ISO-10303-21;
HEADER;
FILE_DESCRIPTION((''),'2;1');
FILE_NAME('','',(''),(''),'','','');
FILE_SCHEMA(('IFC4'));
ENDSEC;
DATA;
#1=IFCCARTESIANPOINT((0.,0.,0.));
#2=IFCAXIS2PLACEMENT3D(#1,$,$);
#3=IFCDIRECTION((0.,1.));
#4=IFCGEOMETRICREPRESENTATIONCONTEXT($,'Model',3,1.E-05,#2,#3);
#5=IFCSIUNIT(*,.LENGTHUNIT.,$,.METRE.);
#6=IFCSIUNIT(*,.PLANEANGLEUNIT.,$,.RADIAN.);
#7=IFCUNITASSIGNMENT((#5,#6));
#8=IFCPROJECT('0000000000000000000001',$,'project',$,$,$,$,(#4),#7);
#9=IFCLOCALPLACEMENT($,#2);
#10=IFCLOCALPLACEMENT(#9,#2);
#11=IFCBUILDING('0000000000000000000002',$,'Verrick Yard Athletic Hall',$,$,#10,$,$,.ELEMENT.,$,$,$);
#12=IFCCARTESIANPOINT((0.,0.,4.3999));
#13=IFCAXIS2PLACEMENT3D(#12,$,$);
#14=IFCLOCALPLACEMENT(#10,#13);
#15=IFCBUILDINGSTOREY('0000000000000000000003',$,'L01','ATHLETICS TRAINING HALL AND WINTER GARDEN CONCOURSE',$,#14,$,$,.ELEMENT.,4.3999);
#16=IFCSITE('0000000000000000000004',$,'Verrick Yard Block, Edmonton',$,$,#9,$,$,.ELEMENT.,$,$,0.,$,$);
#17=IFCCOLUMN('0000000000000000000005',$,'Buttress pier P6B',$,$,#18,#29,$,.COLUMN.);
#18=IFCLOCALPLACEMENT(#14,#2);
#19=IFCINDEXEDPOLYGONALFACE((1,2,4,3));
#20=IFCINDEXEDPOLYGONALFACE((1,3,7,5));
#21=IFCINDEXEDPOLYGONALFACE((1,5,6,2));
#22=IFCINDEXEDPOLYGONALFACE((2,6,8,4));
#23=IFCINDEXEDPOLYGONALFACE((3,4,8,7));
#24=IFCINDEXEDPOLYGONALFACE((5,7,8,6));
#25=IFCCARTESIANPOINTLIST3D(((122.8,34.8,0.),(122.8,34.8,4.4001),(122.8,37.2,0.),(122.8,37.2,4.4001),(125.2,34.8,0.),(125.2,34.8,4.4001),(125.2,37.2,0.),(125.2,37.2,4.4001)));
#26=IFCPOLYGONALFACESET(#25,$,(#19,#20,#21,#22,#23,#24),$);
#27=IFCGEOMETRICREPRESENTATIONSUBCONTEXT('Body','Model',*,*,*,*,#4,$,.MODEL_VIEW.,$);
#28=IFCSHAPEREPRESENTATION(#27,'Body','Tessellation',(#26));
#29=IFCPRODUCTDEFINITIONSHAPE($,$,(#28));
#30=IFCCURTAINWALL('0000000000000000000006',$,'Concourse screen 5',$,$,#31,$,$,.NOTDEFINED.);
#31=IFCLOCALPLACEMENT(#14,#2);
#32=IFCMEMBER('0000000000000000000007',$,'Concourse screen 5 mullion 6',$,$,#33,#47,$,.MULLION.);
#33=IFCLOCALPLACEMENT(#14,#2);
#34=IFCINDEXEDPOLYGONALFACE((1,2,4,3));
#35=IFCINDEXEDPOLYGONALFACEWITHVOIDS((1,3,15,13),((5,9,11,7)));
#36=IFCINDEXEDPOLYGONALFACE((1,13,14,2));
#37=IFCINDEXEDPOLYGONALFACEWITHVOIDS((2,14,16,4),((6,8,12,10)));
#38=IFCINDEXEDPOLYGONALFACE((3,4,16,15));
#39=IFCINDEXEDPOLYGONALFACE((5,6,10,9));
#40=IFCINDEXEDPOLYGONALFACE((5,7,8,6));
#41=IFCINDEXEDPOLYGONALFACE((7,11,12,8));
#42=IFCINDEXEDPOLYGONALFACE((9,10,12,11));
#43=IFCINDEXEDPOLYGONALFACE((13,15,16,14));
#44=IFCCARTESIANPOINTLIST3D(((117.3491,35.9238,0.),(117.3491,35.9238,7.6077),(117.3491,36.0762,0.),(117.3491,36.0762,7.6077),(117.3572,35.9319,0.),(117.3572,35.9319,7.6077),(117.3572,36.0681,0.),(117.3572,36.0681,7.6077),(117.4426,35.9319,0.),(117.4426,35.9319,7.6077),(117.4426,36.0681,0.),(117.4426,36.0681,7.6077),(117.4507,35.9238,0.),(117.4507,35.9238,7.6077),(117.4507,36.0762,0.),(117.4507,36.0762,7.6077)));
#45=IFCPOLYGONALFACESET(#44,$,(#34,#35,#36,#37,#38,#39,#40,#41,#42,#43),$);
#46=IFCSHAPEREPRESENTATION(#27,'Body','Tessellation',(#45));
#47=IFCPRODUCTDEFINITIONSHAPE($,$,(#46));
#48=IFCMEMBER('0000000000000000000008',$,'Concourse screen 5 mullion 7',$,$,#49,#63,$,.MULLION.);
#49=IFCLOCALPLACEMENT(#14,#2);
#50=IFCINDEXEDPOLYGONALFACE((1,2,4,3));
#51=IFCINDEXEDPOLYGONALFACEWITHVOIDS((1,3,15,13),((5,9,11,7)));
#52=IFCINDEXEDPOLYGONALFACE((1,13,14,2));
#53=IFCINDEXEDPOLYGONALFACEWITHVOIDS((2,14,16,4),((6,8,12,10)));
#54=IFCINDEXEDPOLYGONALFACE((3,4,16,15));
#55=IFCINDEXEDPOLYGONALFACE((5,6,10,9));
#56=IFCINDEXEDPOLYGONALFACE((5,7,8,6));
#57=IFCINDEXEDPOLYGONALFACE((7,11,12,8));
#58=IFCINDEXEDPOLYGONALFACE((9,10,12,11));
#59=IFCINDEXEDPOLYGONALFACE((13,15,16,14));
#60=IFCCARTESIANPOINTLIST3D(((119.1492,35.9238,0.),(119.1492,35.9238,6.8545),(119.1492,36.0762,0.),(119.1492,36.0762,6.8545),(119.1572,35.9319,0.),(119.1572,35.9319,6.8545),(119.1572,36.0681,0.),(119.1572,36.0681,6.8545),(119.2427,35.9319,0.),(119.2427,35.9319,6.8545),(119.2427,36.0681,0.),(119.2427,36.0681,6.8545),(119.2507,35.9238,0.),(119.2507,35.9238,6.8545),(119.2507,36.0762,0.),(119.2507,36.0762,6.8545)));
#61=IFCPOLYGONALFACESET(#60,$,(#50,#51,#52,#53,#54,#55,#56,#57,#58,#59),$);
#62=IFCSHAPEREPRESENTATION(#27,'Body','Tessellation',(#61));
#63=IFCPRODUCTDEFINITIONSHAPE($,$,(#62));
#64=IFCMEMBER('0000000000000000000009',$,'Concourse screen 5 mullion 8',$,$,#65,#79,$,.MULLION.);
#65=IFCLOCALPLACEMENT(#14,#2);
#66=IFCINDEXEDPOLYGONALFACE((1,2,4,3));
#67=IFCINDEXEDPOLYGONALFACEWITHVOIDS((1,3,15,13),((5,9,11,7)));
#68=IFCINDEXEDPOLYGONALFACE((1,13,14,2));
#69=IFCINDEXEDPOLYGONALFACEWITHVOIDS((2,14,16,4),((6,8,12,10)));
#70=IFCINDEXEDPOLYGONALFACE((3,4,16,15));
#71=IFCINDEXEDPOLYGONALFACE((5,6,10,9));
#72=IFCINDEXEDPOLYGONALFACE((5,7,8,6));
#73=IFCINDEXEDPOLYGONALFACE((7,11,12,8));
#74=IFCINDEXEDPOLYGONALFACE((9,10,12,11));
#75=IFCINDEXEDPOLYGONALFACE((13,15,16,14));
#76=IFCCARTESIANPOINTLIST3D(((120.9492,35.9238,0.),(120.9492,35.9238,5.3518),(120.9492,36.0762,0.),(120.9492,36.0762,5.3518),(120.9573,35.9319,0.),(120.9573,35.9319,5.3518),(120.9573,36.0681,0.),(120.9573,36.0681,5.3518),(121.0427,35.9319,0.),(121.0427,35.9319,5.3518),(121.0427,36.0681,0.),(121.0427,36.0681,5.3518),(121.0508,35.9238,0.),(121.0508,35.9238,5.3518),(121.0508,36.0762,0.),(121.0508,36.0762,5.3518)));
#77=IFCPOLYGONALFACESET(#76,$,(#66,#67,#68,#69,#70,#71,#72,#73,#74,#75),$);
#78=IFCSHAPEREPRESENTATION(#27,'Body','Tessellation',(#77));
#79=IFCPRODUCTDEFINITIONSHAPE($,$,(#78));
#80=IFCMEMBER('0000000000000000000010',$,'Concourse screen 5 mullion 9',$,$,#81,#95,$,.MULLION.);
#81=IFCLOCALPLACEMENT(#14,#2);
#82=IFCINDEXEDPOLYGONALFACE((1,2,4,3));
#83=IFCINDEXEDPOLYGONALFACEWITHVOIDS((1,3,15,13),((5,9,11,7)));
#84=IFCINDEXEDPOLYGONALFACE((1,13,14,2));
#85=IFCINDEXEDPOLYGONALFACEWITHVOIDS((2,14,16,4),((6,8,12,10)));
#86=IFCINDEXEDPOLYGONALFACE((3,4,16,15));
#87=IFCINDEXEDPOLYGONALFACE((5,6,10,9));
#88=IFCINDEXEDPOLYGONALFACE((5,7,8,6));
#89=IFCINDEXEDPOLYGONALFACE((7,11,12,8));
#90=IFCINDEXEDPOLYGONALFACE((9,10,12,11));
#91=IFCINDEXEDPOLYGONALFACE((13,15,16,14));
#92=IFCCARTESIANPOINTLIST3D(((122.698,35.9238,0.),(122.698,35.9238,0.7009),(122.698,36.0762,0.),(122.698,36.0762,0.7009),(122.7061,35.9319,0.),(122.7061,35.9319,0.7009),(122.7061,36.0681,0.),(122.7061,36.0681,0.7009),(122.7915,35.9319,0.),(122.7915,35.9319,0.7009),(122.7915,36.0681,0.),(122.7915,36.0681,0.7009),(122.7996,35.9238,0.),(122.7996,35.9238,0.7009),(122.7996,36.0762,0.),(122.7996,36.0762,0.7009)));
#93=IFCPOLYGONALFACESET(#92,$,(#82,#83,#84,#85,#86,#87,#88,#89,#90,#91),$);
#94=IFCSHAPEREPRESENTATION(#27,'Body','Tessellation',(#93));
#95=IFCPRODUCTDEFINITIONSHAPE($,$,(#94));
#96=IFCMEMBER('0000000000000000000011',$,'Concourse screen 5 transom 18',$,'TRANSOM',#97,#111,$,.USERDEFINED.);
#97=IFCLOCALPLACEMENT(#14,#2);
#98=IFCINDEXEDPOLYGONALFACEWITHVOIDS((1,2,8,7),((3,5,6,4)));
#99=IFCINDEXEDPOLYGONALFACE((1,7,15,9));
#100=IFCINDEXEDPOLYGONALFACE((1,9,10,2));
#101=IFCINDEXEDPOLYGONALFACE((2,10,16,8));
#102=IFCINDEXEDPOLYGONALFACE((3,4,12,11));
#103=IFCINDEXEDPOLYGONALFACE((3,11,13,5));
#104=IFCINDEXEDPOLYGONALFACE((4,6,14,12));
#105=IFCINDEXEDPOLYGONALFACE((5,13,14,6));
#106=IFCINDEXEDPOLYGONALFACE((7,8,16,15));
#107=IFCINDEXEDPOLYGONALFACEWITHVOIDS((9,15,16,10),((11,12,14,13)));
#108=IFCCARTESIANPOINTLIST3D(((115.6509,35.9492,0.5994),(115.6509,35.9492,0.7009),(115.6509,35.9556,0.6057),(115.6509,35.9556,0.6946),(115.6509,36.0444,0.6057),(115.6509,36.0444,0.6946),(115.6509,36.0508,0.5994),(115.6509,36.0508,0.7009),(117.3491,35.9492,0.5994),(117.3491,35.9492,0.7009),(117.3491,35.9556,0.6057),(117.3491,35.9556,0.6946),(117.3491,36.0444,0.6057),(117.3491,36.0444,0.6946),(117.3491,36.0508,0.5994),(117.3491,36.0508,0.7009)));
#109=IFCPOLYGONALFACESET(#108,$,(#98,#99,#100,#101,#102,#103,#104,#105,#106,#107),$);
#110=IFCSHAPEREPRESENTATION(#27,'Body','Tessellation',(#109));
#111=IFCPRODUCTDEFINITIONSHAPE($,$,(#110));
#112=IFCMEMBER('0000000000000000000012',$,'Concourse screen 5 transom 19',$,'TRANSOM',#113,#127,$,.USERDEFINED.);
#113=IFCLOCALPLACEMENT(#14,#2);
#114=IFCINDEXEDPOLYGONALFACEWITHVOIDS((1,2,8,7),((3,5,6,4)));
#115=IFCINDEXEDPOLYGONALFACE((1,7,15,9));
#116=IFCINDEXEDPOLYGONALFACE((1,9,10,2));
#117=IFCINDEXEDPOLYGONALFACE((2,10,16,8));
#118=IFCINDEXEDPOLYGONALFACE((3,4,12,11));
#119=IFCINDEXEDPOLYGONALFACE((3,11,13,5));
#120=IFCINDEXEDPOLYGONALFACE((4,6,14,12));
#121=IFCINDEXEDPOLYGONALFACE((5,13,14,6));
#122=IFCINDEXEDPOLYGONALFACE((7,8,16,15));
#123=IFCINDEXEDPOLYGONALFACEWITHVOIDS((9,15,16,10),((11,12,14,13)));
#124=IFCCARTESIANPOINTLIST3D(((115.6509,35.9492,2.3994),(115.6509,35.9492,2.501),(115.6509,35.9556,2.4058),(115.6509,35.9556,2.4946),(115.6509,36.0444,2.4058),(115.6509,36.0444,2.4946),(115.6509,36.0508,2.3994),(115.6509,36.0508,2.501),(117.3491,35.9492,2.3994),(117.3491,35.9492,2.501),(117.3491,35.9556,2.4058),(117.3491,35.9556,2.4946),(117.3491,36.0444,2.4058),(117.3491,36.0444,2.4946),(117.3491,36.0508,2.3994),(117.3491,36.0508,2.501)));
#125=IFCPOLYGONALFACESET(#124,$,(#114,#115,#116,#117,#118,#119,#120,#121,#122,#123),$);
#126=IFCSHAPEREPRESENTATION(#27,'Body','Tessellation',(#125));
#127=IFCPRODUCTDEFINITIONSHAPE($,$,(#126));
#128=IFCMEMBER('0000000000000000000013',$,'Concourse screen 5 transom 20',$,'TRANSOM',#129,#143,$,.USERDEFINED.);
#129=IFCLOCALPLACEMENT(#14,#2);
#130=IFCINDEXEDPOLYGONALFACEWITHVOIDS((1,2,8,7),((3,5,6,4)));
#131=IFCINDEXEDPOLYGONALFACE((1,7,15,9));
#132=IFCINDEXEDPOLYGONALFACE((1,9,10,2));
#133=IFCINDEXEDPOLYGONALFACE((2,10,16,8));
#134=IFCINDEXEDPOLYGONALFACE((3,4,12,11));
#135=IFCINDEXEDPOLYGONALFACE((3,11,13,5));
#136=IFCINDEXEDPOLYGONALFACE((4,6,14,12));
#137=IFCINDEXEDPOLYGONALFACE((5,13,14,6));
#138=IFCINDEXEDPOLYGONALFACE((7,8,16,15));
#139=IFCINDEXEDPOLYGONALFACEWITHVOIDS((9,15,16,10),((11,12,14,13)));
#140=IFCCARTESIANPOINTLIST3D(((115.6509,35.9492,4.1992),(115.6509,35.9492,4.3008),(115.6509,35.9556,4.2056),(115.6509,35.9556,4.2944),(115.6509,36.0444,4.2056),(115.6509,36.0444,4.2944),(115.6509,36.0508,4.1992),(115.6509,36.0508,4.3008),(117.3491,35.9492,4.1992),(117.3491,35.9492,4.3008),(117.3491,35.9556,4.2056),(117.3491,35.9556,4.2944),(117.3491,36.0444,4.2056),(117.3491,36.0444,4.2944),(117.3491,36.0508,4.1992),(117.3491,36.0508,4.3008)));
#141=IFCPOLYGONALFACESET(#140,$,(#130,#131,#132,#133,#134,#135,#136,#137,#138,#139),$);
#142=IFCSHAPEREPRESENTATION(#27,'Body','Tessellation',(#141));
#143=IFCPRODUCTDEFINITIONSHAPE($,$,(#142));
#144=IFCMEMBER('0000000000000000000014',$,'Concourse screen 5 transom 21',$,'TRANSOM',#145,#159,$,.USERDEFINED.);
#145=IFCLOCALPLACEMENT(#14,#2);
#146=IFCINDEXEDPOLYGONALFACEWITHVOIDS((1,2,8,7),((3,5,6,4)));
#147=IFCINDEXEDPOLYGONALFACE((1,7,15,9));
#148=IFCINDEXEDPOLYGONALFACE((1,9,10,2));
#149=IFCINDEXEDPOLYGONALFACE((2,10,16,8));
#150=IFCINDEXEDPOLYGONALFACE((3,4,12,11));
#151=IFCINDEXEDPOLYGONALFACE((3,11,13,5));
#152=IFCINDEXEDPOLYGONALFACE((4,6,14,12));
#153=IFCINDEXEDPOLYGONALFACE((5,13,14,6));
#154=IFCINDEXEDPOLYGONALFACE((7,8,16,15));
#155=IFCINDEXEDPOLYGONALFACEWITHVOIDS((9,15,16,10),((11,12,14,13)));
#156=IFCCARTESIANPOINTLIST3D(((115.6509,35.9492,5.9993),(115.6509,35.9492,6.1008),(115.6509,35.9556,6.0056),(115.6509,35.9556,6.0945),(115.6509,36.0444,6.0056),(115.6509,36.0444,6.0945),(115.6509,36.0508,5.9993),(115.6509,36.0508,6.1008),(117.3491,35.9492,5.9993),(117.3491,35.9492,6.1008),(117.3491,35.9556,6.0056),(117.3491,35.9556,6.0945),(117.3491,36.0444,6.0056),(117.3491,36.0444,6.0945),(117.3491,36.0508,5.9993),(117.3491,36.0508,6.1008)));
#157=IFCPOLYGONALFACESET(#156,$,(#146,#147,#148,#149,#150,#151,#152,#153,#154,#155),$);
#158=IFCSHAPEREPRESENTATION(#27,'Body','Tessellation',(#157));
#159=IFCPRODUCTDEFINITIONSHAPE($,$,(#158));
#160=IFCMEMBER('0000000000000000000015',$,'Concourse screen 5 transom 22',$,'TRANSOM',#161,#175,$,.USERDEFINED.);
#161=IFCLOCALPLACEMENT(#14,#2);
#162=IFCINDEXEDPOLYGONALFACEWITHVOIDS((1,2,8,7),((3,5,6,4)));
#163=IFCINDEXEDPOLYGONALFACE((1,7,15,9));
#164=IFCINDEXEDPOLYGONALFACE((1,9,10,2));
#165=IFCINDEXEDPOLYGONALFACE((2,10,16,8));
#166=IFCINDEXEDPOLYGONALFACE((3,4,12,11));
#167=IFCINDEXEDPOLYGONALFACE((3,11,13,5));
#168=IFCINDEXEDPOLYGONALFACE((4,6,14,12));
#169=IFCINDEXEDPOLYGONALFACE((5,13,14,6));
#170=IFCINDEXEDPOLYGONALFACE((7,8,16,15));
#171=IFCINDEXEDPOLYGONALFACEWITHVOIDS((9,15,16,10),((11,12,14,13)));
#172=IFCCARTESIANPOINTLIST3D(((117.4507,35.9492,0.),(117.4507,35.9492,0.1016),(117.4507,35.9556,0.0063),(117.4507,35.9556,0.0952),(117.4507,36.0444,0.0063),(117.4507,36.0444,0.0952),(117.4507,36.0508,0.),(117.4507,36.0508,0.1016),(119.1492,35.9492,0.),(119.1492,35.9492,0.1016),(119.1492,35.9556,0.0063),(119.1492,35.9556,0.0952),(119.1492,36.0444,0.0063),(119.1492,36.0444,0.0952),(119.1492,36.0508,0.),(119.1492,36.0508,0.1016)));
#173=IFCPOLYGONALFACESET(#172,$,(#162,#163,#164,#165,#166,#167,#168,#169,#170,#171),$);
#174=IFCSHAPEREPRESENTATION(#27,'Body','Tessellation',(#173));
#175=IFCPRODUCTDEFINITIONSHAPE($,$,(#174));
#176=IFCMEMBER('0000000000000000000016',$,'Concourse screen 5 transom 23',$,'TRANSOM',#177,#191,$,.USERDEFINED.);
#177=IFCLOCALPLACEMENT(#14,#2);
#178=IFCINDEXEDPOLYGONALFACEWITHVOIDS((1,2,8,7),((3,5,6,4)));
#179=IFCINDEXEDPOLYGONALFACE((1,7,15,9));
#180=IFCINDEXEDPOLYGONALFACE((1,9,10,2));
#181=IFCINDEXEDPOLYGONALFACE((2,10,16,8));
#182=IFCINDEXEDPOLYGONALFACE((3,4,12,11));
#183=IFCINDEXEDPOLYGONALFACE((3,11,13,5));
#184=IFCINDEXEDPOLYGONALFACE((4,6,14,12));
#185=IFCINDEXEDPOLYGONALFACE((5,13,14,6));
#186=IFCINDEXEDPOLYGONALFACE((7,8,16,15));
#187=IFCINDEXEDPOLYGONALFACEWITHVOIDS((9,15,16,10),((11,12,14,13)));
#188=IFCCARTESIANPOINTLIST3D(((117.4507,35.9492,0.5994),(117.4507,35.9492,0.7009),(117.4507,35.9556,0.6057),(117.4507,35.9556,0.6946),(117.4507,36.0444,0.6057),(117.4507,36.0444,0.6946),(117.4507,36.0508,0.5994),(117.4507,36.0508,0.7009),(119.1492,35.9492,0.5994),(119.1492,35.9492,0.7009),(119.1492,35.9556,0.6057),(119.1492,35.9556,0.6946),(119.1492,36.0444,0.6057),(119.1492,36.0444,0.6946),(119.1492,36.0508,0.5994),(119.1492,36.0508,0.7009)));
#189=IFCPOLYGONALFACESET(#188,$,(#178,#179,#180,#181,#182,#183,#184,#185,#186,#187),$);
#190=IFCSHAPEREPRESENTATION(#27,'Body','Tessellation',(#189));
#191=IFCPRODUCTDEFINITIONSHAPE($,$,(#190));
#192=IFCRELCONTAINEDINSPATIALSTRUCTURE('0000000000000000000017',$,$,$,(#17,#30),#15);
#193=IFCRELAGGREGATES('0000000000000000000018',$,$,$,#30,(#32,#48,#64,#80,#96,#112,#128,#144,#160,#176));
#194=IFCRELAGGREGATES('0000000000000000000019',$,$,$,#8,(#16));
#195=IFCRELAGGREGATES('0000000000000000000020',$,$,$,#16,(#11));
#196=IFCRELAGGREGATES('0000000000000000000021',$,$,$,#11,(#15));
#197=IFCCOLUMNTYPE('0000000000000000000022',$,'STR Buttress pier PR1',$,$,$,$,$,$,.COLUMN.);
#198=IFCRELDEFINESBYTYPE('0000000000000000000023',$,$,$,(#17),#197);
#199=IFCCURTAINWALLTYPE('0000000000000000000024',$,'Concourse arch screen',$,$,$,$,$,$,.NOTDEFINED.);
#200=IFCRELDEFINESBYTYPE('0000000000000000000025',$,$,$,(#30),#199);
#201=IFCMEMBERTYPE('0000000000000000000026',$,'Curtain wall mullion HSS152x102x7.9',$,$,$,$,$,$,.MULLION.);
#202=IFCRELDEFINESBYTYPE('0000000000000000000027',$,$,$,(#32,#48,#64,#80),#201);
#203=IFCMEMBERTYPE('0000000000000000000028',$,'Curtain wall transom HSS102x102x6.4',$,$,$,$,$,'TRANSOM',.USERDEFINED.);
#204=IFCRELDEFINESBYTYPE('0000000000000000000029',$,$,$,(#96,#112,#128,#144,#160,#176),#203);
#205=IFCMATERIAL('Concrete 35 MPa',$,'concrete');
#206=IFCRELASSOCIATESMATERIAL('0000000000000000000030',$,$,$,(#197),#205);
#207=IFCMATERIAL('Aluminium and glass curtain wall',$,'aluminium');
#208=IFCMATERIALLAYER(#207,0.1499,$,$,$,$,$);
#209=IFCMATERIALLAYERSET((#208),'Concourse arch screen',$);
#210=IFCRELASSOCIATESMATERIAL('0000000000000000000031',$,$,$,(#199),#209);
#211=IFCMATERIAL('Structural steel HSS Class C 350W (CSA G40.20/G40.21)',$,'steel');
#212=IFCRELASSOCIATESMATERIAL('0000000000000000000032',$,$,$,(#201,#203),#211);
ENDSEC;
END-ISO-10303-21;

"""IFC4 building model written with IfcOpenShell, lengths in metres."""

from ifc_helpers import new_model, si_unit, direction, frame, origin, origin_2d, place, context, subcontext, project, spatial, rectangle, hollow_rectangle, extrude, material, layer, layer_set, material_profile, profile_set, type_object, element, aggregate, save


model = new_model("IFC4")

# Units and contexts
model_context = context("Model", 3, precision=1e-05, world=origin(), true_north=direction((0.0, 1.0)))
body_context = subcontext(model_context, "Body", "Model", "MODEL_VIEW")
ifc_project = project(units=[si_unit("LENGTHUNIT", "METRE"), si_unit("PLANEANGLEUNIT", "RADIAN")], contexts=[model_context])

# Site, building, storey
site_placement = place(None, origin())
site = spatial("IfcSite", under=ifc_project, at=site_placement, Name="Verrick Yard Block, Edmonton", CompositionType="ELEMENT", RefElevation=0.0)
building_placement = place(site_placement, origin())
building = spatial("IfcBuilding", under=site, at=building_placement, Name="Verrick Yard Athletic Hall", CompositionType="ELEMENT")
storey_placement = place(building_placement, frame((0.0, 0.0, 4.3999)))
storey = spatial("IfcBuildingStorey", under=building, at=storey_placement, Name="L01", Description="ATHLETICS TRAINING HALL AND WINTER GARDEN CONCOURSE", CompositionType="ELEMENT", Elevation=4.3999)

# Column
ifc_material_1 = material(Name="Concrete 35 MPa", Category="concrete")
ifc_material_profile_1 = material_profile(ifc_material_1, rectangle(XDim=2.3999, YDim=2.3999, at=origin_2d()), Name="STR Buttress pier PR1")
ifc_profile_set_1 = profile_set([ifc_material_profile_1], Name="Concrete 35 MPa")
column_type = type_object("IfcColumnType", Name="STR Buttress pier PR1", PredefinedType="COLUMN", material=ifc_profile_set_1)
column_placement = place(storey_placement, frame((124.0, 36.0, 0.0), z_axis=(0.0, 0.0, 1.0), x_axis=(1.0, 0.0, 0.0)))
element("IfcColumn", 1, at=column_placement, inside=storey, type_object=column_type, Name="Buttress pier P6B", PredefinedType="COLUMN", context=body_context, shape_type="SweptSolid", body=[
    extrude(rectangle(XDim=2.3999, YDim=2.3999, at=origin_2d()), origin(), (0.0, 0.0, 1.0), 4.4001),
])

# Curtain wall, members
ifc_material_2 = material(Name="Aluminium and glass curtain wall", Category="aluminium")
ifc_layer_1 = layer(ifc_material_2, 0.1499)
ifc_layer_set_1 = layer_set([ifc_layer_1], Name="Concourse arch screen")
curtain_wall_type = type_object("IfcCurtainWallType", Name="Concourse arch screen", PredefinedType="NOTDEFINED", material=ifc_layer_set_1)
curtain_wall_1_placement = place(storey_placement, origin())
curtain_wall_1 = element("IfcCurtainWall", 2, at=curtain_wall_1_placement, inside=storey, type_object=curtain_wall_type, Name="Concourse screen 5", PredefinedType="NOTDEFINED")
ifc_material_3 = material(Name="Structural steel HSS Class C 350W (CSA G40.20/G40.21)", Category="steel")
ifc_material_profile_2 = material_profile(ifc_material_3, hollow_rectangle(XDim=0.1016, YDim=0.1523, WallThickness=0.0081, at=origin_2d()), Name="HSS152x102x7.9")
ifc_profile_set_2 = profile_set([ifc_material_profile_2], Name="Structural steel HSS Class C 350W (CSA G40.20/G40.21)")
member_type_1 = type_object("IfcMemberType", Name="Curtain wall mullion HSS152x102x7.9", PredefinedType="MULLION", material=ifc_profile_set_2)
member_1_placement = place(storey_placement, frame((117.3999, 36.0, 0.0), z_axis=(0.0, 0.0, 1.0), x_axis=(1.0, 0.0, 0.0)))
member_1 = element("IfcMember", 3, at=member_1_placement, type_object=member_type_1, Name="Concourse screen 5 mullion 6", PredefinedType="MULLION", context=body_context, shape_type="SweptSolid", body=[
    extrude(hollow_rectangle(XDim=0.1016, YDim=0.1523, WallThickness=0.0081, at=origin_2d()), origin(), (0.0, 0.0, 1.0), 7.6077),
])
member_2_placement = place(storey_placement, frame((119.2, 36.0, 0.0), z_axis=(0.0, 0.0, 1.0), x_axis=(1.0, 0.0, 0.0)))
member_2 = element("IfcMember", 4, at=member_2_placement, type_object=member_type_1, Name="Concourse screen 5 mullion 7", PredefinedType="MULLION", context=body_context, shape_type="SweptSolid", body=[
    extrude(hollow_rectangle(XDim=0.1016, YDim=0.1523, WallThickness=0.0081, at=origin_2d()), origin(), (0.0, 0.0, 1.0), 6.8545),
])
member_3_placement = place(storey_placement, frame((121.0, 36.0, 0.0), z_axis=(0.0, 0.0, 1.0), x_axis=(1.0, 0.0, 0.0)))
member_3 = element("IfcMember", 5, at=member_3_placement, type_object=member_type_1, Name="Concourse screen 5 mullion 8", PredefinedType="MULLION", context=body_context, shape_type="SweptSolid", body=[
    extrude(hollow_rectangle(XDim=0.1016, YDim=0.1523, WallThickness=0.0081, at=origin_2d()), origin(), (0.0, 0.0, 1.0), 5.3518),
])
member_4_placement = place(storey_placement, frame((122.7488, 36.0, 0.0), z_axis=(0.0, 0.0, 1.0), x_axis=(1.0, 0.0, 0.0)))
member_4 = element("IfcMember", 6, at=member_4_placement, type_object=member_type_1, Name="Concourse screen 5 mullion 9", PredefinedType="MULLION", context=body_context, shape_type="SweptSolid", body=[
    extrude(hollow_rectangle(XDim=0.1016, YDim=0.1523, WallThickness=0.0081, at=origin_2d()), origin(), (0.0, 0.0, 1.0), 0.7009),
])
ifc_material_profile_3 = material_profile(ifc_material_3, hollow_rectangle(XDim=0.1016, YDim=0.1016, WallThickness=0.0063, at=origin_2d()), Name="HSS102x102x6.4")
ifc_profile_set_3 = profile_set([ifc_material_profile_3], Name="Structural steel HSS Class C 350W (CSA G40.20/G40.21)")
member_type_2 = type_object("IfcMemberType", Name="Curtain wall transom HSS102x102x6.4", ElementType="TRANSOM", PredefinedType="USERDEFINED", material=ifc_profile_set_3)
member_5_placement = place(storey_placement, frame((115.6509, 36.0, 0.6501), z_axis=(1.0, 0.0, 0.0), x_axis=(0.0, 1.0, 0.0)))
member_5 = element("IfcMember", 7, at=member_5_placement, type_object=member_type_2, Name="Concourse screen 5 transom 18", ObjectType="TRANSOM", PredefinedType="USERDEFINED", context=body_context, shape_type="SweptSolid", body=[
    extrude(hollow_rectangle(XDim=0.1016, YDim=0.1016, WallThickness=0.0063, at=origin_2d()), origin(), (0.0, 0.0, 1.0), 1.6982),
])
member_6_placement = place(storey_placement, frame((115.6509, 36.0, 2.4502), z_axis=(1.0, 0.0, 0.0), x_axis=(0.0, 1.0, 0.0)))
member_6 = element("IfcMember", 8, at=member_6_placement, type_object=member_type_2, Name="Concourse screen 5 transom 19", ObjectType="TRANSOM", PredefinedType="USERDEFINED", context=body_context, shape_type="SweptSolid", body=[
    extrude(hollow_rectangle(XDim=0.1016, YDim=0.1016, WallThickness=0.0063, at=origin_2d()), origin(), (0.0, 0.0, 1.0), 1.6982),
])
member_7_placement = place(storey_placement, frame((115.6509, 36.0, 4.25), z_axis=(1.0, 0.0, 0.0), x_axis=(0.0, 1.0, 0.0)))
member_7 = element("IfcMember", 9, at=member_7_placement, type_object=member_type_2, Name="Concourse screen 5 transom 20", ObjectType="TRANSOM", PredefinedType="USERDEFINED", context=body_context, shape_type="SweptSolid", body=[
    extrude(hollow_rectangle(XDim=0.1016, YDim=0.1016, WallThickness=0.0063, at=origin_2d()), origin(), (0.0, 0.0, 1.0), 1.6982),
])
member_8_placement = place(storey_placement, frame((115.6509, 36.0, 6.05), z_axis=(1.0, 0.0, 0.0), x_axis=(0.0, 1.0, 0.0)))
member_8 = element("IfcMember", 10, at=member_8_placement, type_object=member_type_2, Name="Concourse screen 5 transom 21", ObjectType="TRANSOM", PredefinedType="USERDEFINED", context=body_context, shape_type="SweptSolid", body=[
    extrude(hollow_rectangle(XDim=0.1016, YDim=0.1016, WallThickness=0.0063, at=origin_2d()), origin(), (0.0, 0.0, 1.0), 1.6982),
])
member_9_placement = place(storey_placement, frame((117.4507, 36.0, 0.0508), z_axis=(1.0, 0.0, 0.0), x_axis=(0.0, 1.0, 0.0)))
member_9 = element("IfcMember", 11, at=member_9_placement, type_object=member_type_2, Name="Concourse screen 5 transom 22", ObjectType="TRANSOM", PredefinedType="USERDEFINED", context=body_context, shape_type="SweptSolid", body=[
    extrude(hollow_rectangle(XDim=0.1016, YDim=0.1016, WallThickness=0.0063, at=origin_2d()), origin(), (0.0, 0.0, 1.0), 1.6985),
])
member_10_placement = place(storey_placement, frame((117.4507, 36.0, 0.6501), z_axis=(1.0, 0.0, 0.0), x_axis=(0.0, 1.0, 0.0)))
member_10 = element("IfcMember", 12, at=member_10_placement, type_object=member_type_2, Name="Concourse screen 5 transom 23", ObjectType="TRANSOM", PredefinedType="USERDEFINED", context=body_context, shape_type="SweptSolid", body=[
    extrude(hollow_rectangle(XDim=0.1016, YDim=0.1016, WallThickness=0.0063, at=origin_2d()), origin(), (0.0, 0.0, 1.0), 1.6985),
])
aggregate(curtain_wall_1, [member_1, member_2, member_3, member_4, member_5, member_6, member_7, member_8, member_9, member_10])

save(model, "model.ifc")
